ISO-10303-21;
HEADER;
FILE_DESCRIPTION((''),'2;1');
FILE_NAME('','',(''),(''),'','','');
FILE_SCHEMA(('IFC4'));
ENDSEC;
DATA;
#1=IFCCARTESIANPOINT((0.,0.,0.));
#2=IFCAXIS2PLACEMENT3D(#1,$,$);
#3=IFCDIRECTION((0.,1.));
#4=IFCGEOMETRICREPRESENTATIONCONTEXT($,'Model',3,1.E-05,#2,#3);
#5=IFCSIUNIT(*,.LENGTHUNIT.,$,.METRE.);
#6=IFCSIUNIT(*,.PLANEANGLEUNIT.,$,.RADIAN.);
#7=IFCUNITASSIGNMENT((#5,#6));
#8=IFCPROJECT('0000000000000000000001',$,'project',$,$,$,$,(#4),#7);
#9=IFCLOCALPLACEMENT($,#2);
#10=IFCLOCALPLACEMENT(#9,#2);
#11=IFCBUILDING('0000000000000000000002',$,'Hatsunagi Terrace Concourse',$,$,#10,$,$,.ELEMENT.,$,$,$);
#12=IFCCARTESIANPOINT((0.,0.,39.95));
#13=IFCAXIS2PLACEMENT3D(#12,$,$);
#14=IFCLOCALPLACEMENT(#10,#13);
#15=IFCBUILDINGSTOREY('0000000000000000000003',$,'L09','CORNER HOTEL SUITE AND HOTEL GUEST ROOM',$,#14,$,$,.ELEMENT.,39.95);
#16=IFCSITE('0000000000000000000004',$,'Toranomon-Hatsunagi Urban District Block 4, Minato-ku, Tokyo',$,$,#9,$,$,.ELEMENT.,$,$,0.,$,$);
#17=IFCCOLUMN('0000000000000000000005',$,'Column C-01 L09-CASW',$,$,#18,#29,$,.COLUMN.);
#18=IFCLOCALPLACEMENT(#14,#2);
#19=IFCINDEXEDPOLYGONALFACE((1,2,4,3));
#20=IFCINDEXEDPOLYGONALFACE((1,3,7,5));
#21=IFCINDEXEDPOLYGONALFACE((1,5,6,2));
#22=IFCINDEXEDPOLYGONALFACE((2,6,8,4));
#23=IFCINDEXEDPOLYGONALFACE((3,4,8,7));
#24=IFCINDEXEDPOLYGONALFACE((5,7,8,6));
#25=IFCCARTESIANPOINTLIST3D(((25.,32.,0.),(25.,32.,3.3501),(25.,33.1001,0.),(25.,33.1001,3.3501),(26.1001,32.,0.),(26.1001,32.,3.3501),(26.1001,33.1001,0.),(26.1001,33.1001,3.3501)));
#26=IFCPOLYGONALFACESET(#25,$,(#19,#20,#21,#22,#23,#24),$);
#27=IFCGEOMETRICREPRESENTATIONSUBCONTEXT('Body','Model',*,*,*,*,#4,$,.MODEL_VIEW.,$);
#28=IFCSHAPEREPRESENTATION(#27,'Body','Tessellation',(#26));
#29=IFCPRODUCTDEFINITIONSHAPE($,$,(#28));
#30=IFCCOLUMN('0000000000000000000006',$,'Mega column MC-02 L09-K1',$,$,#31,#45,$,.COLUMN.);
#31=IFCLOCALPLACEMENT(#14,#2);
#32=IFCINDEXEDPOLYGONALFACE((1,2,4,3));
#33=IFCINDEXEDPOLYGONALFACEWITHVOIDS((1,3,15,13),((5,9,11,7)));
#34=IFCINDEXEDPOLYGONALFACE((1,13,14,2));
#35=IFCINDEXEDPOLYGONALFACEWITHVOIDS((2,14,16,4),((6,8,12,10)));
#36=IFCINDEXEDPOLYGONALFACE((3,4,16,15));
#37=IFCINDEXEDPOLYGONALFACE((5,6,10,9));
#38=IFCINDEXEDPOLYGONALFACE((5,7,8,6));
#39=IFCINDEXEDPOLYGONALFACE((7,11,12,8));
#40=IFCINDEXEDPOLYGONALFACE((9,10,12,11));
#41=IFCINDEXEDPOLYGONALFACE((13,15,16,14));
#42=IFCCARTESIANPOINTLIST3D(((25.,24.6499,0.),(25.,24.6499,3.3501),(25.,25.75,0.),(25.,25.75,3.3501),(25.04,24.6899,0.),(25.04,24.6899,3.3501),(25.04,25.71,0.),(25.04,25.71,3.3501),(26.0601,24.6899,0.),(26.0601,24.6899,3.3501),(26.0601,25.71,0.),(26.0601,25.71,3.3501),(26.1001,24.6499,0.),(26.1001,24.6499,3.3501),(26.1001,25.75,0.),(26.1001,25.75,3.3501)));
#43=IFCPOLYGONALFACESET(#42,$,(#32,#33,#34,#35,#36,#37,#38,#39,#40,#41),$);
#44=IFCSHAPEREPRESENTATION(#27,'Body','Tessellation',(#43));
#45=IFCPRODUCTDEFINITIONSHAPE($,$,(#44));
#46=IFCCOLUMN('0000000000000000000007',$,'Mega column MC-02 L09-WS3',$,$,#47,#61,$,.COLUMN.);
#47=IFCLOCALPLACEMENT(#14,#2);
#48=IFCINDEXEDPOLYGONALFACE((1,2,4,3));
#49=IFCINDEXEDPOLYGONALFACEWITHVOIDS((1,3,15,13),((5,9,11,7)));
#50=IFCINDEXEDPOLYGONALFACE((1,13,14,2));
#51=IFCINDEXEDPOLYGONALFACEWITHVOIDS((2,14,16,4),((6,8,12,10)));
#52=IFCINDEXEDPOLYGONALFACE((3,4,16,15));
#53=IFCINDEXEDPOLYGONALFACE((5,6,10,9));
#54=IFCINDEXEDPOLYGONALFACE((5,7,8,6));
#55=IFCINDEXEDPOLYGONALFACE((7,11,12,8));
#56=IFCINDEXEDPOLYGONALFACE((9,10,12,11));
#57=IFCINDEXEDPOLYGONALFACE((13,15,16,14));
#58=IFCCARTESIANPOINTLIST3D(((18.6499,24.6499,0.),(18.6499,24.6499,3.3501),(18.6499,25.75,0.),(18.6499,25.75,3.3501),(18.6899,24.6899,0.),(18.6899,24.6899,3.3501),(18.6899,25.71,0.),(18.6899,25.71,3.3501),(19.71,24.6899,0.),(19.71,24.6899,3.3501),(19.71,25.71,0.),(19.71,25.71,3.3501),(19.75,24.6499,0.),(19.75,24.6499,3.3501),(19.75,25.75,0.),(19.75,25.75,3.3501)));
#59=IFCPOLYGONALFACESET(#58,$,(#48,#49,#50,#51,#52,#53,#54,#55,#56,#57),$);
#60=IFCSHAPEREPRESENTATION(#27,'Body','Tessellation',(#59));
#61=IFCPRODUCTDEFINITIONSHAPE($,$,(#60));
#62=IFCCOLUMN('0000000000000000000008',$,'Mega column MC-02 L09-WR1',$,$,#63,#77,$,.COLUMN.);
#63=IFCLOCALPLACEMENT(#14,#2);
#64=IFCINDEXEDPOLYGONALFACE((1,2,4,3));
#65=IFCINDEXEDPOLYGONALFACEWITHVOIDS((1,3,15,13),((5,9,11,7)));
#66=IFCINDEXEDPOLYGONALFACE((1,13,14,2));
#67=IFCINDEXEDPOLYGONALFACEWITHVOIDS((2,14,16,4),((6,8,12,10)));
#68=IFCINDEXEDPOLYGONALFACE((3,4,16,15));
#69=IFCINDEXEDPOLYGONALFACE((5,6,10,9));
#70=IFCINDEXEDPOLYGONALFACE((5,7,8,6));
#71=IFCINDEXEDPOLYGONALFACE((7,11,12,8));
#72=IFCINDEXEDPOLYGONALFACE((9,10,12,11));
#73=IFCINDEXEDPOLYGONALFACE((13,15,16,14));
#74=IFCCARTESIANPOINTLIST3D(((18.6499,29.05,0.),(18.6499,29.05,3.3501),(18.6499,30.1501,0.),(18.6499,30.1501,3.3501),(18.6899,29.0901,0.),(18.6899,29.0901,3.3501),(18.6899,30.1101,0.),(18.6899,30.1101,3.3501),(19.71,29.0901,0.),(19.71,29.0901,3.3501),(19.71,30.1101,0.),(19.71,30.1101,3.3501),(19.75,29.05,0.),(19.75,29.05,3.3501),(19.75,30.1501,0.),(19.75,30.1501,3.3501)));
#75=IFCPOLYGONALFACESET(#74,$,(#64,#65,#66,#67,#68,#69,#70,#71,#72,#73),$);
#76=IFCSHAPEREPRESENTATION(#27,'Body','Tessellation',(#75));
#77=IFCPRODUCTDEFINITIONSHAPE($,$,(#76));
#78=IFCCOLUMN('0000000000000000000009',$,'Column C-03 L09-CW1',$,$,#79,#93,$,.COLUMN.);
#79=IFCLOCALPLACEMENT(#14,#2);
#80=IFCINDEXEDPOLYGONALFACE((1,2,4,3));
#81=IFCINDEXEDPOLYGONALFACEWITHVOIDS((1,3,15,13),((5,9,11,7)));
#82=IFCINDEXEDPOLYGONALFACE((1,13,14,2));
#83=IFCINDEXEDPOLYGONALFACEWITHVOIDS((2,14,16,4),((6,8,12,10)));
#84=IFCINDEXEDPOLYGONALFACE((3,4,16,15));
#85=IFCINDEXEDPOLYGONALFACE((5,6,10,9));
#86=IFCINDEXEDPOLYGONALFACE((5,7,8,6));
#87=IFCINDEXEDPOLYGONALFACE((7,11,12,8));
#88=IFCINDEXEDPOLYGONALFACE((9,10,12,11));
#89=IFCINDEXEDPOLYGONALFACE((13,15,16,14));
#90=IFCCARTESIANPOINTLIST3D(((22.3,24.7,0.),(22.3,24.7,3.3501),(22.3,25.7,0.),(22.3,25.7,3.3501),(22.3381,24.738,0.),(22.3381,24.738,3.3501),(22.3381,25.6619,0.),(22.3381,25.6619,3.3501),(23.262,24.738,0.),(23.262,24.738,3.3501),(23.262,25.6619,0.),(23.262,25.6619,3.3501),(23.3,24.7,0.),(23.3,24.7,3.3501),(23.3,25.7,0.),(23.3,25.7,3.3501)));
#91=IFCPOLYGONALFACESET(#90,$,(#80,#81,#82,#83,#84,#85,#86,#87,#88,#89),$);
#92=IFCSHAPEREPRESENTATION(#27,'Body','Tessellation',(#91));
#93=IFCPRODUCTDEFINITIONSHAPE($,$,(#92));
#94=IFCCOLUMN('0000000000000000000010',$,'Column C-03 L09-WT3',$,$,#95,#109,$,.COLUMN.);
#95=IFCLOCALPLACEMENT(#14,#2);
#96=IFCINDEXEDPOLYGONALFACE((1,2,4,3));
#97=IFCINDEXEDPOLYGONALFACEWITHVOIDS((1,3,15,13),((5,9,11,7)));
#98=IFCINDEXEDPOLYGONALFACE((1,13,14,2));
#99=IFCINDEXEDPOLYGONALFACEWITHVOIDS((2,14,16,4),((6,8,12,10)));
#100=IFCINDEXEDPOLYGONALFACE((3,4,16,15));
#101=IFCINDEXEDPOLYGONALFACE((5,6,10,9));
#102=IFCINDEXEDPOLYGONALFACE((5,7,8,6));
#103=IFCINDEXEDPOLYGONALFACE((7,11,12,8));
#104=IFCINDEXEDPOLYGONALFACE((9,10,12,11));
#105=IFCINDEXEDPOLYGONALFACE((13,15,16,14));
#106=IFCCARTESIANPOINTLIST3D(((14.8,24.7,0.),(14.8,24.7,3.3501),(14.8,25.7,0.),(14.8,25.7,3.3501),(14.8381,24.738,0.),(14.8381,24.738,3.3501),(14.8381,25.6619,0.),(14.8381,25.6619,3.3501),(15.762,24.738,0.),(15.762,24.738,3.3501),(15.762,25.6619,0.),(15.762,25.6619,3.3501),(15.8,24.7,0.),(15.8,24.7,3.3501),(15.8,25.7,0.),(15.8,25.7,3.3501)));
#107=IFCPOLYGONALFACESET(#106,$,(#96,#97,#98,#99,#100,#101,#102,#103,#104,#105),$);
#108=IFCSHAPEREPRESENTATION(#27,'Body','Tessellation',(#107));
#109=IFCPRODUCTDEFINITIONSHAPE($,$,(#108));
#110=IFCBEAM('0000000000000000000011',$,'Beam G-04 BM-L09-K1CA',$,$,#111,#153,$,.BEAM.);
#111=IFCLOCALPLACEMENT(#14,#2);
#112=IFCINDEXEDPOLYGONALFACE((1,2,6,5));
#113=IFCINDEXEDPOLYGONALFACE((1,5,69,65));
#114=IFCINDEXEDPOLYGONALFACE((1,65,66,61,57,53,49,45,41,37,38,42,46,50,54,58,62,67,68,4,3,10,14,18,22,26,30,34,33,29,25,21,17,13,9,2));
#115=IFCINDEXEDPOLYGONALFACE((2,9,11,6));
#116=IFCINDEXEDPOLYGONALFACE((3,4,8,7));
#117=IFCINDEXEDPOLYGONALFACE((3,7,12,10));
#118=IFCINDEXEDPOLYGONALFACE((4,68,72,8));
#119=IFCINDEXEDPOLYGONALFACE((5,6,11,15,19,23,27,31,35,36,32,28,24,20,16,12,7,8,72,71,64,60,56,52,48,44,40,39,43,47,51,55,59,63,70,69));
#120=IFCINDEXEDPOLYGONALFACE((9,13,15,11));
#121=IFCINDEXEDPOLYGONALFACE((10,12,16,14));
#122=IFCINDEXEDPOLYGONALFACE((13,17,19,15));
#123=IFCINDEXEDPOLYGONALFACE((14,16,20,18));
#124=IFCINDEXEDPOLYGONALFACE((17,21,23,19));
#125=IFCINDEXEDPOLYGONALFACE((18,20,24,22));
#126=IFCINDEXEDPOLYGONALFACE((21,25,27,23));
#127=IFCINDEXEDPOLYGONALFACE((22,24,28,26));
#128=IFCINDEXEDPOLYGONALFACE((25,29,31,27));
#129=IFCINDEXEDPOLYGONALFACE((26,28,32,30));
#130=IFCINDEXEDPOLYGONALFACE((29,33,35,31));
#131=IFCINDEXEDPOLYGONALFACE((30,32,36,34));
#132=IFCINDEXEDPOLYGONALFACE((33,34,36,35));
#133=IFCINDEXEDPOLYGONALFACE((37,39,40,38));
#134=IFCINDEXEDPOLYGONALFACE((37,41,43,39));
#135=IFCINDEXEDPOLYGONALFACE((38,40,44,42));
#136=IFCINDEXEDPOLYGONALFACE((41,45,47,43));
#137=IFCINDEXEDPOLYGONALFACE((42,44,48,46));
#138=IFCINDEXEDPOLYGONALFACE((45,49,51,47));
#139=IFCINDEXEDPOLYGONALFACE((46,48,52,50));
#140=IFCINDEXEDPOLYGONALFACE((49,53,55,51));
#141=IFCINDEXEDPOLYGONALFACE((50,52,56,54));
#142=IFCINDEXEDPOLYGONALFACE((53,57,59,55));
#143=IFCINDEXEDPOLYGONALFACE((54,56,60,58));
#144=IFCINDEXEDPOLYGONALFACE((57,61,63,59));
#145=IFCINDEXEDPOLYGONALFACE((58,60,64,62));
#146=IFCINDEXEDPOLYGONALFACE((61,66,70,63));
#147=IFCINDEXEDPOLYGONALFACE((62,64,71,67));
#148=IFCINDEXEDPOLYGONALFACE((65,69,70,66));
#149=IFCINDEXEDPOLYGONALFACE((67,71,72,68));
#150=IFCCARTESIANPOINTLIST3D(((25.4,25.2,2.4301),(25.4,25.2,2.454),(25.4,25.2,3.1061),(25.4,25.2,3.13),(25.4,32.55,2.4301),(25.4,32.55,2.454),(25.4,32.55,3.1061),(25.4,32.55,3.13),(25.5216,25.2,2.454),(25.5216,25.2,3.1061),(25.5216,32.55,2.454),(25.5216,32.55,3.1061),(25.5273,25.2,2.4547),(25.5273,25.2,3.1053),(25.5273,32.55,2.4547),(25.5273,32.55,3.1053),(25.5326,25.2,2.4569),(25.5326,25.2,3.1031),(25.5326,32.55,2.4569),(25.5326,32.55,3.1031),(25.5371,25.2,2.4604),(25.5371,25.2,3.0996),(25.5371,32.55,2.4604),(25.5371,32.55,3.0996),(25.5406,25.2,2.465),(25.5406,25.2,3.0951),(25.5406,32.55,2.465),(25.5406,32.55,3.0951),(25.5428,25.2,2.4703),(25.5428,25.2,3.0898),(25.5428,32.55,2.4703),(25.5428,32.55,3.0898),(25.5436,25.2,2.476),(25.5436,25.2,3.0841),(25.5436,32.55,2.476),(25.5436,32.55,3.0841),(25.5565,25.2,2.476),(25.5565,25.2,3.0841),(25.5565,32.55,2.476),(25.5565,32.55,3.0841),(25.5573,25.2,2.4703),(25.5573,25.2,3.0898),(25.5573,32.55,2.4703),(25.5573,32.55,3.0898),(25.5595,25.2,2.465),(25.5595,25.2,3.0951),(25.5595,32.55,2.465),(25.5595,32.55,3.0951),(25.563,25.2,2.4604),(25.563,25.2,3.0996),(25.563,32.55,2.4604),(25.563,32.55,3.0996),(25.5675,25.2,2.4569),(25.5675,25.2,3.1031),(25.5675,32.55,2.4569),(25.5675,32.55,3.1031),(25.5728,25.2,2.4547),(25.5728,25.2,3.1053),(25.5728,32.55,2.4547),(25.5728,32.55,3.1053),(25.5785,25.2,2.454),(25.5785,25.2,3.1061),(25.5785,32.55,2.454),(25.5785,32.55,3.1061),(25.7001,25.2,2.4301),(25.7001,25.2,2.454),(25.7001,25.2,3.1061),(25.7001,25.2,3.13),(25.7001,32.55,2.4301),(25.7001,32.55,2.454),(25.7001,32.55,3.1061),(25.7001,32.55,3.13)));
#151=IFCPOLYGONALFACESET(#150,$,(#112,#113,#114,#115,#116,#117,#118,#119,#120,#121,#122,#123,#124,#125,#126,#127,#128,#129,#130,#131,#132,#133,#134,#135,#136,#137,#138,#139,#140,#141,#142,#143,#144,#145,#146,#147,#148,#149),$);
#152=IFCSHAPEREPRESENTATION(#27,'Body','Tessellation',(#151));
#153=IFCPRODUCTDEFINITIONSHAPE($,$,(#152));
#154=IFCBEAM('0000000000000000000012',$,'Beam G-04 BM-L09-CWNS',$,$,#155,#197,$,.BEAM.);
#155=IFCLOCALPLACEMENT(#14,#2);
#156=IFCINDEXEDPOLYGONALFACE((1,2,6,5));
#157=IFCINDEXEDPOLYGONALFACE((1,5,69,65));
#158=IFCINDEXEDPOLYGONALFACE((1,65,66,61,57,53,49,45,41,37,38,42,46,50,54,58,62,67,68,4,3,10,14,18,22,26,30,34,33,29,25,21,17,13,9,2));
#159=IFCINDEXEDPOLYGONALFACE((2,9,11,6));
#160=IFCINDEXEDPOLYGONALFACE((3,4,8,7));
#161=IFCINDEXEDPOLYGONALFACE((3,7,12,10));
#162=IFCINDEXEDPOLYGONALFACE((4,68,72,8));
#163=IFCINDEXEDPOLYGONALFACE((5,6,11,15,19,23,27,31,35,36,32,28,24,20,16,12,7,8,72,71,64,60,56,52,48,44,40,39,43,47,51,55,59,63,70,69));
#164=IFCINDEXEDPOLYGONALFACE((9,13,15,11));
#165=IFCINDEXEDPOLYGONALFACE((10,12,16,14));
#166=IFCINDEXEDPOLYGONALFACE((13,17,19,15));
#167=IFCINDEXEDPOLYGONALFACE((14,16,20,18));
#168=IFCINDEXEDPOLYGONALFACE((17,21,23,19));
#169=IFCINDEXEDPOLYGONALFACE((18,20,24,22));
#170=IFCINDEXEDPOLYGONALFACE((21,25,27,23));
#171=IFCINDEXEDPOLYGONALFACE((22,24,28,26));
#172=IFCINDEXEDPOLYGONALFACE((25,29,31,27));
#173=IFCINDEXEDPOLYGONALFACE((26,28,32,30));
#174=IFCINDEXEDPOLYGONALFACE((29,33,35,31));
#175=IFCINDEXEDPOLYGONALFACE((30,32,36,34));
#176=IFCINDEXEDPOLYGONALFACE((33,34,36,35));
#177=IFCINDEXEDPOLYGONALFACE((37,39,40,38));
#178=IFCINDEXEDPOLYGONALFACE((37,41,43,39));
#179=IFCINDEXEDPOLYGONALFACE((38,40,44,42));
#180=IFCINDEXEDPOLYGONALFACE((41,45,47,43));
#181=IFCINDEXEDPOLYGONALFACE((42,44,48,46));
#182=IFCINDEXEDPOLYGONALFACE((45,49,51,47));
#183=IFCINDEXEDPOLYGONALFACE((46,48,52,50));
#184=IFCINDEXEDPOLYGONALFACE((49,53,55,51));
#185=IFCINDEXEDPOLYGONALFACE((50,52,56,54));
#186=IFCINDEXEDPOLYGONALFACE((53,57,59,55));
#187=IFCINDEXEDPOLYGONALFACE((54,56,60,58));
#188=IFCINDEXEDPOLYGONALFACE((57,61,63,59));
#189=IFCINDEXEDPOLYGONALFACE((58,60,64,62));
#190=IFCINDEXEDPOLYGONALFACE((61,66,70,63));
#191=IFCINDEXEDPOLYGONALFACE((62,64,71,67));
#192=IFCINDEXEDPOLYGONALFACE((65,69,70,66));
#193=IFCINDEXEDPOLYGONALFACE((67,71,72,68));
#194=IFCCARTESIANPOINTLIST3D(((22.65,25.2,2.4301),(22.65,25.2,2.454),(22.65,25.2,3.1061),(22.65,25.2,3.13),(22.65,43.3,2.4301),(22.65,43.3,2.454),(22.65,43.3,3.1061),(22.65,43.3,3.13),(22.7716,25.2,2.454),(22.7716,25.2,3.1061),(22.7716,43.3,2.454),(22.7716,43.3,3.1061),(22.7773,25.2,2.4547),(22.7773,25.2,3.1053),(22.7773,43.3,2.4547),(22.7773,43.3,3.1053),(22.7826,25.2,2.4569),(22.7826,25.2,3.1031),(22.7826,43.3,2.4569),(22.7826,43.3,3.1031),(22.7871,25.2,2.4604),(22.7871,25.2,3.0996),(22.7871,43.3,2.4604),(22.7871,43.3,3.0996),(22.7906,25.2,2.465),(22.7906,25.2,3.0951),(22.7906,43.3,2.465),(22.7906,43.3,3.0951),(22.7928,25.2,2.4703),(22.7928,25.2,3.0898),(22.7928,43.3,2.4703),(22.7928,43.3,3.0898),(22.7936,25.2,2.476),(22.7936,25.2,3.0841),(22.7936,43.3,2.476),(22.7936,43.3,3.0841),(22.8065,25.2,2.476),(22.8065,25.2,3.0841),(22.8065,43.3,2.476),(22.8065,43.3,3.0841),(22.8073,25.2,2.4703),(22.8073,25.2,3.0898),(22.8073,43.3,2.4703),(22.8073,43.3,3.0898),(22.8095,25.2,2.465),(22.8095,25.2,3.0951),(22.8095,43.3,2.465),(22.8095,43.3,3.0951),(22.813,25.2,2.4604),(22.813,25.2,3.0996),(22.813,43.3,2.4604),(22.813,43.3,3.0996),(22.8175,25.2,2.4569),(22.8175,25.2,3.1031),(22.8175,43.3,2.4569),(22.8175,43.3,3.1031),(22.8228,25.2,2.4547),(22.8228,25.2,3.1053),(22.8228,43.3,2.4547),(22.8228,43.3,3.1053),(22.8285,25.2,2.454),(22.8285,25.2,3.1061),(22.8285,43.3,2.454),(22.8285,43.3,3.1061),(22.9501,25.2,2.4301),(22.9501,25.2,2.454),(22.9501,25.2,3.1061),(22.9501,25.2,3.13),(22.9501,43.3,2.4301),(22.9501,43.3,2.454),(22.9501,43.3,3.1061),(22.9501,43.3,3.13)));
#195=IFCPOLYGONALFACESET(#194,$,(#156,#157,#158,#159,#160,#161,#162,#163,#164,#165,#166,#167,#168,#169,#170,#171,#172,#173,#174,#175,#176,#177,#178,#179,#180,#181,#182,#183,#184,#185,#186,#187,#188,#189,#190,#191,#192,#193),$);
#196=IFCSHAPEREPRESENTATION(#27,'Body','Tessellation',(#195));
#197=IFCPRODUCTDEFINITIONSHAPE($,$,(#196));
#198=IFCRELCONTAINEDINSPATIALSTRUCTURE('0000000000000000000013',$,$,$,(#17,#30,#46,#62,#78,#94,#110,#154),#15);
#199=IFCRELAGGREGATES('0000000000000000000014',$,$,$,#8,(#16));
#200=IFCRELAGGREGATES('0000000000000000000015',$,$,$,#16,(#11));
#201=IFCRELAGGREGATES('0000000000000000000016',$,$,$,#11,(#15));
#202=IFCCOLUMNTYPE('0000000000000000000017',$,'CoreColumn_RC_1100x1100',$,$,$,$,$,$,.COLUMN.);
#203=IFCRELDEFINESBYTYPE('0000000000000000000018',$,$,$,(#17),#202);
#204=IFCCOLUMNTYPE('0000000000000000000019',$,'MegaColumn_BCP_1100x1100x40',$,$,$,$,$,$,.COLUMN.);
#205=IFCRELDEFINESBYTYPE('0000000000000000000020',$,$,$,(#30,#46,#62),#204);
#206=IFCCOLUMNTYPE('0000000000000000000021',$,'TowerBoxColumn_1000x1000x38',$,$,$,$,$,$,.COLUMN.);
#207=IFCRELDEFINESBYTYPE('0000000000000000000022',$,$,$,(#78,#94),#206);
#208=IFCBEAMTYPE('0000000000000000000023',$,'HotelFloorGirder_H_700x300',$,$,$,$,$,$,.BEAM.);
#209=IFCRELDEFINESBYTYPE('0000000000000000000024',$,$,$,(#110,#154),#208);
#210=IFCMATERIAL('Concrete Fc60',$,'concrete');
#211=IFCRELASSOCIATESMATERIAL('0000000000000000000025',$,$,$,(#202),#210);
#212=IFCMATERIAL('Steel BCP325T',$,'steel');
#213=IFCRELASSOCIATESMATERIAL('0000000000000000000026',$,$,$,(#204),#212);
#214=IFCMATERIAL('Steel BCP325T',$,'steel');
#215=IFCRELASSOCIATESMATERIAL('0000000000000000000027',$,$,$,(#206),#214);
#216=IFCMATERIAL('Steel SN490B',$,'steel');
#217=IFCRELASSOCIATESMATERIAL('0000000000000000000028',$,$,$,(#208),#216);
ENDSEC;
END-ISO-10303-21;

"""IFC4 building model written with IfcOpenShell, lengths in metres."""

from ifc_helpers import new_model, si_unit, direction, frame, origin, origin_2d, place, context, subcontext, project, spatial, rectangle, hollow_rectangle, i_section, extrude, material, material_profile, profile_set, type_object, element, save


model = new_model("IFC4")

# Units and contexts
model_context = context("Model", 3, precision=1e-05, world=origin(), true_north=direction((0.0, 1.0)))
body_context = subcontext(model_context, "Body", "Model", "MODEL_VIEW")
ifc_project = project(units=[si_unit("LENGTHUNIT", "METRE"), si_unit("PLANEANGLEUNIT", "RADIAN")], contexts=[model_context])

# Site, building, storey
site_placement = place(None, origin())
site = spatial("IfcSite", under=ifc_project, at=site_placement, Name="Toranomon-Hatsunagi Urban District Block 4, Minato-ku, Tokyo", CompositionType="ELEMENT", RefElevation=0.0)
building_placement = place(site_placement, origin())
building = spatial("IfcBuilding", under=site, at=building_placement, Name="Hatsunagi Terrace Concourse", CompositionType="ELEMENT")
storey_placement = place(building_placement, frame((0.0, 0.0, 39.95)))
storey = spatial("IfcBuildingStorey", under=building, at=storey_placement, Name="L09", Description="CORNER HOTEL SUITE AND HOTEL GUEST ROOM", CompositionType="ELEMENT", Elevation=39.95)

# Columns
ifc_material_1 = material(Name="Concrete Fc60", Category="concrete")
ifc_material_profile_1 = material_profile(ifc_material_1, rectangle(XDim=1.1001, YDim=1.1001, at=origin_2d()), Name="RC-1100x1100")
ifc_profile_set_1 = profile_set([ifc_material_profile_1], Name="Concrete Fc60")
column_type_1 = type_object("IfcColumnType", Name="CoreColumn_RC_1100x1100", PredefinedType="COLUMN", material=ifc_profile_set_1)
column_placement = place(storey_placement, frame((25.55, 32.55, 0.0), z_axis=(0.0, 0.0, 1.0), x_axis=(1.0, 0.0, 0.0)))
element("IfcColumn", 1, at=column_placement, inside=storey, type_object=column_type_1, Name="Column C-01 L09-CASW", PredefinedType="COLUMN", context=body_context, shape_type="SweptSolid", body=[
    extrude(rectangle(XDim=1.1001, YDim=1.1001, at=origin_2d()), origin(), (0.0, 0.0, 1.0), 3.3501),
])
ifc_material_2 = material(Name="Steel BCP325T", Category="steel")
ifc_material_profile_2 = material_profile(ifc_material_2, hollow_rectangle(XDim=1.1001, YDim=1.1001, WallThickness=0.04, at=origin_2d()), Name="BCP-1100x1100x40")
ifc_profile_set_2 = profile_set([ifc_material_profile_2], Name="Steel BCP325T")
column_type_2 = type_object("IfcColumnType", Name="MegaColumn_BCP_1100x1100x40", PredefinedType="COLUMN", material=ifc_profile_set_2)
for number, where, z_axis, x_axis, name in (
    (2, (25.55, 25.2, 0.0), (0.0, 0.0, 1.0), (1.0, 0.0, 0.0), "Mega column MC-02 L09-K1"),
    (3, (19.2, 25.2, 0.0), (0.0, 0.0, 1.0), (1.0, 0.0, 0.0), "Mega column MC-02 L09-WS3"),
    (4, (19.2, 29.6001, 0.0), (0.0, 0.0, 1.0), (1.0, 0.0, 0.0), "Mega column MC-02 L09-WR1"),
):
    element("IfcColumn", number, at=place(storey_placement, frame(where, z_axis=z_axis, x_axis=x_axis)), inside=storey, type_object=column_type_2, Name=name, PredefinedType="COLUMN", context=body_context, shape_type="SweptSolid", body=[
        extrude(hollow_rectangle(XDim=1.1001, YDim=1.1001, WallThickness=0.04, at=origin_2d()), origin(), (0.0, 0.0, 1.0), 3.3501),
    ])
ifc_material_3 = material(Name="Steel BCP325T", Category="steel")
ifc_material_profile_3 = material_profile(ifc_material_3, hollow_rectangle(XDim=1.0, YDim=1.0, WallThickness=0.0381, at=origin_2d()), Name="BCP-1000x1000x38")
ifc_profile_set_3 = profile_set([ifc_material_profile_3], Name="Steel BCP325T")
column_type_3 = type_object("IfcColumnType", Name="TowerBoxColumn_1000x1000x38", PredefinedType="COLUMN", material=ifc_profile_set_3)
for number, where, z_axis, x_axis, name in (
    (5, (22.8, 25.2, 0.0), (0.0, 0.0, 1.0), (1.0, 0.0, 0.0), "Column C-03 L09-CW1"),
    (6, (15.3, 25.2, 0.0), (0.0, 0.0, 1.0), (1.0, 0.0, 0.0), "Column C-03 L09-WT3"),
):
    element("IfcColumn", number, at=place(storey_placement, frame(where, z_axis=z_axis, x_axis=x_axis)), inside=storey, type_object=column_type_3, Name=name, PredefinedType="COLUMN", context=body_context, shape_type="SweptSolid", body=[
        extrude(hollow_rectangle(XDim=1.0, YDim=1.0, WallThickness=0.0381, at=origin_2d()), origin(), (0.0, 0.0, 1.0), 3.3501),
    ])

# Beams
ifc_material_4 = material(Name="Steel SN490B", Category="steel")
ifc_material_profile_4 = material_profile(ifc_material_4, i_section(OverallWidth=0.3, OverallDepth=0.7, WebThickness=0.0129, FlangeThickness=0.0239, FilletRadius=0.022, at=origin_2d()), Name="H-700x300x13x24")
ifc_profile_set_4 = profile_set([ifc_material_profile_4], Name="Steel SN490B")
beam_type_1 = type_object("IfcBeamType", Name="HotelFloorGirder_H_700x300", PredefinedType="BEAM", material=ifc_profile_set_4)
beam_1_placement = place(storey_placement, frame((25.55, 25.2, 2.78), z_axis=(0.0, 1.0, 0.0), x_axis=(-1.0, 0.0, 0.0)))
element("IfcBeam", 7, at=beam_1_placement, inside=storey, type_object=beam_type_1, Name="Beam G-04 BM-L09-K1CA", PredefinedType="BEAM", context=body_context, shape_type="SweptSolid", body=[
    extrude(i_section(OverallWidth=0.3, OverallDepth=0.7, WebThickness=0.0129, FlangeThickness=0.0239, FilletRadius=0.022, at=origin_2d()), origin(), (0.0, 0.0, 1.0), 7.3501),
])
beam_2_placement = place(storey_placement, frame((22.8, 25.2, 2.78), z_axis=(0.0, 1.0, 0.0), x_axis=(-1.0, 0.0, 0.0)))
element("IfcBeam", 8, at=beam_2_placement, inside=storey, type_object=beam_type_1, Name="Beam G-04 BM-L09-CWNS", PredefinedType="BEAM", context=body_context, shape_type="SweptSolid", body=[
    extrude(i_section(OverallWidth=0.3, OverallDepth=0.7, WebThickness=0.0129, FlangeThickness=0.0239, FilletRadius=0.022, at=origin_2d()), origin(), (0.0, 0.0, 1.0), 18.1001),
])

save(model, "model.ifc")
